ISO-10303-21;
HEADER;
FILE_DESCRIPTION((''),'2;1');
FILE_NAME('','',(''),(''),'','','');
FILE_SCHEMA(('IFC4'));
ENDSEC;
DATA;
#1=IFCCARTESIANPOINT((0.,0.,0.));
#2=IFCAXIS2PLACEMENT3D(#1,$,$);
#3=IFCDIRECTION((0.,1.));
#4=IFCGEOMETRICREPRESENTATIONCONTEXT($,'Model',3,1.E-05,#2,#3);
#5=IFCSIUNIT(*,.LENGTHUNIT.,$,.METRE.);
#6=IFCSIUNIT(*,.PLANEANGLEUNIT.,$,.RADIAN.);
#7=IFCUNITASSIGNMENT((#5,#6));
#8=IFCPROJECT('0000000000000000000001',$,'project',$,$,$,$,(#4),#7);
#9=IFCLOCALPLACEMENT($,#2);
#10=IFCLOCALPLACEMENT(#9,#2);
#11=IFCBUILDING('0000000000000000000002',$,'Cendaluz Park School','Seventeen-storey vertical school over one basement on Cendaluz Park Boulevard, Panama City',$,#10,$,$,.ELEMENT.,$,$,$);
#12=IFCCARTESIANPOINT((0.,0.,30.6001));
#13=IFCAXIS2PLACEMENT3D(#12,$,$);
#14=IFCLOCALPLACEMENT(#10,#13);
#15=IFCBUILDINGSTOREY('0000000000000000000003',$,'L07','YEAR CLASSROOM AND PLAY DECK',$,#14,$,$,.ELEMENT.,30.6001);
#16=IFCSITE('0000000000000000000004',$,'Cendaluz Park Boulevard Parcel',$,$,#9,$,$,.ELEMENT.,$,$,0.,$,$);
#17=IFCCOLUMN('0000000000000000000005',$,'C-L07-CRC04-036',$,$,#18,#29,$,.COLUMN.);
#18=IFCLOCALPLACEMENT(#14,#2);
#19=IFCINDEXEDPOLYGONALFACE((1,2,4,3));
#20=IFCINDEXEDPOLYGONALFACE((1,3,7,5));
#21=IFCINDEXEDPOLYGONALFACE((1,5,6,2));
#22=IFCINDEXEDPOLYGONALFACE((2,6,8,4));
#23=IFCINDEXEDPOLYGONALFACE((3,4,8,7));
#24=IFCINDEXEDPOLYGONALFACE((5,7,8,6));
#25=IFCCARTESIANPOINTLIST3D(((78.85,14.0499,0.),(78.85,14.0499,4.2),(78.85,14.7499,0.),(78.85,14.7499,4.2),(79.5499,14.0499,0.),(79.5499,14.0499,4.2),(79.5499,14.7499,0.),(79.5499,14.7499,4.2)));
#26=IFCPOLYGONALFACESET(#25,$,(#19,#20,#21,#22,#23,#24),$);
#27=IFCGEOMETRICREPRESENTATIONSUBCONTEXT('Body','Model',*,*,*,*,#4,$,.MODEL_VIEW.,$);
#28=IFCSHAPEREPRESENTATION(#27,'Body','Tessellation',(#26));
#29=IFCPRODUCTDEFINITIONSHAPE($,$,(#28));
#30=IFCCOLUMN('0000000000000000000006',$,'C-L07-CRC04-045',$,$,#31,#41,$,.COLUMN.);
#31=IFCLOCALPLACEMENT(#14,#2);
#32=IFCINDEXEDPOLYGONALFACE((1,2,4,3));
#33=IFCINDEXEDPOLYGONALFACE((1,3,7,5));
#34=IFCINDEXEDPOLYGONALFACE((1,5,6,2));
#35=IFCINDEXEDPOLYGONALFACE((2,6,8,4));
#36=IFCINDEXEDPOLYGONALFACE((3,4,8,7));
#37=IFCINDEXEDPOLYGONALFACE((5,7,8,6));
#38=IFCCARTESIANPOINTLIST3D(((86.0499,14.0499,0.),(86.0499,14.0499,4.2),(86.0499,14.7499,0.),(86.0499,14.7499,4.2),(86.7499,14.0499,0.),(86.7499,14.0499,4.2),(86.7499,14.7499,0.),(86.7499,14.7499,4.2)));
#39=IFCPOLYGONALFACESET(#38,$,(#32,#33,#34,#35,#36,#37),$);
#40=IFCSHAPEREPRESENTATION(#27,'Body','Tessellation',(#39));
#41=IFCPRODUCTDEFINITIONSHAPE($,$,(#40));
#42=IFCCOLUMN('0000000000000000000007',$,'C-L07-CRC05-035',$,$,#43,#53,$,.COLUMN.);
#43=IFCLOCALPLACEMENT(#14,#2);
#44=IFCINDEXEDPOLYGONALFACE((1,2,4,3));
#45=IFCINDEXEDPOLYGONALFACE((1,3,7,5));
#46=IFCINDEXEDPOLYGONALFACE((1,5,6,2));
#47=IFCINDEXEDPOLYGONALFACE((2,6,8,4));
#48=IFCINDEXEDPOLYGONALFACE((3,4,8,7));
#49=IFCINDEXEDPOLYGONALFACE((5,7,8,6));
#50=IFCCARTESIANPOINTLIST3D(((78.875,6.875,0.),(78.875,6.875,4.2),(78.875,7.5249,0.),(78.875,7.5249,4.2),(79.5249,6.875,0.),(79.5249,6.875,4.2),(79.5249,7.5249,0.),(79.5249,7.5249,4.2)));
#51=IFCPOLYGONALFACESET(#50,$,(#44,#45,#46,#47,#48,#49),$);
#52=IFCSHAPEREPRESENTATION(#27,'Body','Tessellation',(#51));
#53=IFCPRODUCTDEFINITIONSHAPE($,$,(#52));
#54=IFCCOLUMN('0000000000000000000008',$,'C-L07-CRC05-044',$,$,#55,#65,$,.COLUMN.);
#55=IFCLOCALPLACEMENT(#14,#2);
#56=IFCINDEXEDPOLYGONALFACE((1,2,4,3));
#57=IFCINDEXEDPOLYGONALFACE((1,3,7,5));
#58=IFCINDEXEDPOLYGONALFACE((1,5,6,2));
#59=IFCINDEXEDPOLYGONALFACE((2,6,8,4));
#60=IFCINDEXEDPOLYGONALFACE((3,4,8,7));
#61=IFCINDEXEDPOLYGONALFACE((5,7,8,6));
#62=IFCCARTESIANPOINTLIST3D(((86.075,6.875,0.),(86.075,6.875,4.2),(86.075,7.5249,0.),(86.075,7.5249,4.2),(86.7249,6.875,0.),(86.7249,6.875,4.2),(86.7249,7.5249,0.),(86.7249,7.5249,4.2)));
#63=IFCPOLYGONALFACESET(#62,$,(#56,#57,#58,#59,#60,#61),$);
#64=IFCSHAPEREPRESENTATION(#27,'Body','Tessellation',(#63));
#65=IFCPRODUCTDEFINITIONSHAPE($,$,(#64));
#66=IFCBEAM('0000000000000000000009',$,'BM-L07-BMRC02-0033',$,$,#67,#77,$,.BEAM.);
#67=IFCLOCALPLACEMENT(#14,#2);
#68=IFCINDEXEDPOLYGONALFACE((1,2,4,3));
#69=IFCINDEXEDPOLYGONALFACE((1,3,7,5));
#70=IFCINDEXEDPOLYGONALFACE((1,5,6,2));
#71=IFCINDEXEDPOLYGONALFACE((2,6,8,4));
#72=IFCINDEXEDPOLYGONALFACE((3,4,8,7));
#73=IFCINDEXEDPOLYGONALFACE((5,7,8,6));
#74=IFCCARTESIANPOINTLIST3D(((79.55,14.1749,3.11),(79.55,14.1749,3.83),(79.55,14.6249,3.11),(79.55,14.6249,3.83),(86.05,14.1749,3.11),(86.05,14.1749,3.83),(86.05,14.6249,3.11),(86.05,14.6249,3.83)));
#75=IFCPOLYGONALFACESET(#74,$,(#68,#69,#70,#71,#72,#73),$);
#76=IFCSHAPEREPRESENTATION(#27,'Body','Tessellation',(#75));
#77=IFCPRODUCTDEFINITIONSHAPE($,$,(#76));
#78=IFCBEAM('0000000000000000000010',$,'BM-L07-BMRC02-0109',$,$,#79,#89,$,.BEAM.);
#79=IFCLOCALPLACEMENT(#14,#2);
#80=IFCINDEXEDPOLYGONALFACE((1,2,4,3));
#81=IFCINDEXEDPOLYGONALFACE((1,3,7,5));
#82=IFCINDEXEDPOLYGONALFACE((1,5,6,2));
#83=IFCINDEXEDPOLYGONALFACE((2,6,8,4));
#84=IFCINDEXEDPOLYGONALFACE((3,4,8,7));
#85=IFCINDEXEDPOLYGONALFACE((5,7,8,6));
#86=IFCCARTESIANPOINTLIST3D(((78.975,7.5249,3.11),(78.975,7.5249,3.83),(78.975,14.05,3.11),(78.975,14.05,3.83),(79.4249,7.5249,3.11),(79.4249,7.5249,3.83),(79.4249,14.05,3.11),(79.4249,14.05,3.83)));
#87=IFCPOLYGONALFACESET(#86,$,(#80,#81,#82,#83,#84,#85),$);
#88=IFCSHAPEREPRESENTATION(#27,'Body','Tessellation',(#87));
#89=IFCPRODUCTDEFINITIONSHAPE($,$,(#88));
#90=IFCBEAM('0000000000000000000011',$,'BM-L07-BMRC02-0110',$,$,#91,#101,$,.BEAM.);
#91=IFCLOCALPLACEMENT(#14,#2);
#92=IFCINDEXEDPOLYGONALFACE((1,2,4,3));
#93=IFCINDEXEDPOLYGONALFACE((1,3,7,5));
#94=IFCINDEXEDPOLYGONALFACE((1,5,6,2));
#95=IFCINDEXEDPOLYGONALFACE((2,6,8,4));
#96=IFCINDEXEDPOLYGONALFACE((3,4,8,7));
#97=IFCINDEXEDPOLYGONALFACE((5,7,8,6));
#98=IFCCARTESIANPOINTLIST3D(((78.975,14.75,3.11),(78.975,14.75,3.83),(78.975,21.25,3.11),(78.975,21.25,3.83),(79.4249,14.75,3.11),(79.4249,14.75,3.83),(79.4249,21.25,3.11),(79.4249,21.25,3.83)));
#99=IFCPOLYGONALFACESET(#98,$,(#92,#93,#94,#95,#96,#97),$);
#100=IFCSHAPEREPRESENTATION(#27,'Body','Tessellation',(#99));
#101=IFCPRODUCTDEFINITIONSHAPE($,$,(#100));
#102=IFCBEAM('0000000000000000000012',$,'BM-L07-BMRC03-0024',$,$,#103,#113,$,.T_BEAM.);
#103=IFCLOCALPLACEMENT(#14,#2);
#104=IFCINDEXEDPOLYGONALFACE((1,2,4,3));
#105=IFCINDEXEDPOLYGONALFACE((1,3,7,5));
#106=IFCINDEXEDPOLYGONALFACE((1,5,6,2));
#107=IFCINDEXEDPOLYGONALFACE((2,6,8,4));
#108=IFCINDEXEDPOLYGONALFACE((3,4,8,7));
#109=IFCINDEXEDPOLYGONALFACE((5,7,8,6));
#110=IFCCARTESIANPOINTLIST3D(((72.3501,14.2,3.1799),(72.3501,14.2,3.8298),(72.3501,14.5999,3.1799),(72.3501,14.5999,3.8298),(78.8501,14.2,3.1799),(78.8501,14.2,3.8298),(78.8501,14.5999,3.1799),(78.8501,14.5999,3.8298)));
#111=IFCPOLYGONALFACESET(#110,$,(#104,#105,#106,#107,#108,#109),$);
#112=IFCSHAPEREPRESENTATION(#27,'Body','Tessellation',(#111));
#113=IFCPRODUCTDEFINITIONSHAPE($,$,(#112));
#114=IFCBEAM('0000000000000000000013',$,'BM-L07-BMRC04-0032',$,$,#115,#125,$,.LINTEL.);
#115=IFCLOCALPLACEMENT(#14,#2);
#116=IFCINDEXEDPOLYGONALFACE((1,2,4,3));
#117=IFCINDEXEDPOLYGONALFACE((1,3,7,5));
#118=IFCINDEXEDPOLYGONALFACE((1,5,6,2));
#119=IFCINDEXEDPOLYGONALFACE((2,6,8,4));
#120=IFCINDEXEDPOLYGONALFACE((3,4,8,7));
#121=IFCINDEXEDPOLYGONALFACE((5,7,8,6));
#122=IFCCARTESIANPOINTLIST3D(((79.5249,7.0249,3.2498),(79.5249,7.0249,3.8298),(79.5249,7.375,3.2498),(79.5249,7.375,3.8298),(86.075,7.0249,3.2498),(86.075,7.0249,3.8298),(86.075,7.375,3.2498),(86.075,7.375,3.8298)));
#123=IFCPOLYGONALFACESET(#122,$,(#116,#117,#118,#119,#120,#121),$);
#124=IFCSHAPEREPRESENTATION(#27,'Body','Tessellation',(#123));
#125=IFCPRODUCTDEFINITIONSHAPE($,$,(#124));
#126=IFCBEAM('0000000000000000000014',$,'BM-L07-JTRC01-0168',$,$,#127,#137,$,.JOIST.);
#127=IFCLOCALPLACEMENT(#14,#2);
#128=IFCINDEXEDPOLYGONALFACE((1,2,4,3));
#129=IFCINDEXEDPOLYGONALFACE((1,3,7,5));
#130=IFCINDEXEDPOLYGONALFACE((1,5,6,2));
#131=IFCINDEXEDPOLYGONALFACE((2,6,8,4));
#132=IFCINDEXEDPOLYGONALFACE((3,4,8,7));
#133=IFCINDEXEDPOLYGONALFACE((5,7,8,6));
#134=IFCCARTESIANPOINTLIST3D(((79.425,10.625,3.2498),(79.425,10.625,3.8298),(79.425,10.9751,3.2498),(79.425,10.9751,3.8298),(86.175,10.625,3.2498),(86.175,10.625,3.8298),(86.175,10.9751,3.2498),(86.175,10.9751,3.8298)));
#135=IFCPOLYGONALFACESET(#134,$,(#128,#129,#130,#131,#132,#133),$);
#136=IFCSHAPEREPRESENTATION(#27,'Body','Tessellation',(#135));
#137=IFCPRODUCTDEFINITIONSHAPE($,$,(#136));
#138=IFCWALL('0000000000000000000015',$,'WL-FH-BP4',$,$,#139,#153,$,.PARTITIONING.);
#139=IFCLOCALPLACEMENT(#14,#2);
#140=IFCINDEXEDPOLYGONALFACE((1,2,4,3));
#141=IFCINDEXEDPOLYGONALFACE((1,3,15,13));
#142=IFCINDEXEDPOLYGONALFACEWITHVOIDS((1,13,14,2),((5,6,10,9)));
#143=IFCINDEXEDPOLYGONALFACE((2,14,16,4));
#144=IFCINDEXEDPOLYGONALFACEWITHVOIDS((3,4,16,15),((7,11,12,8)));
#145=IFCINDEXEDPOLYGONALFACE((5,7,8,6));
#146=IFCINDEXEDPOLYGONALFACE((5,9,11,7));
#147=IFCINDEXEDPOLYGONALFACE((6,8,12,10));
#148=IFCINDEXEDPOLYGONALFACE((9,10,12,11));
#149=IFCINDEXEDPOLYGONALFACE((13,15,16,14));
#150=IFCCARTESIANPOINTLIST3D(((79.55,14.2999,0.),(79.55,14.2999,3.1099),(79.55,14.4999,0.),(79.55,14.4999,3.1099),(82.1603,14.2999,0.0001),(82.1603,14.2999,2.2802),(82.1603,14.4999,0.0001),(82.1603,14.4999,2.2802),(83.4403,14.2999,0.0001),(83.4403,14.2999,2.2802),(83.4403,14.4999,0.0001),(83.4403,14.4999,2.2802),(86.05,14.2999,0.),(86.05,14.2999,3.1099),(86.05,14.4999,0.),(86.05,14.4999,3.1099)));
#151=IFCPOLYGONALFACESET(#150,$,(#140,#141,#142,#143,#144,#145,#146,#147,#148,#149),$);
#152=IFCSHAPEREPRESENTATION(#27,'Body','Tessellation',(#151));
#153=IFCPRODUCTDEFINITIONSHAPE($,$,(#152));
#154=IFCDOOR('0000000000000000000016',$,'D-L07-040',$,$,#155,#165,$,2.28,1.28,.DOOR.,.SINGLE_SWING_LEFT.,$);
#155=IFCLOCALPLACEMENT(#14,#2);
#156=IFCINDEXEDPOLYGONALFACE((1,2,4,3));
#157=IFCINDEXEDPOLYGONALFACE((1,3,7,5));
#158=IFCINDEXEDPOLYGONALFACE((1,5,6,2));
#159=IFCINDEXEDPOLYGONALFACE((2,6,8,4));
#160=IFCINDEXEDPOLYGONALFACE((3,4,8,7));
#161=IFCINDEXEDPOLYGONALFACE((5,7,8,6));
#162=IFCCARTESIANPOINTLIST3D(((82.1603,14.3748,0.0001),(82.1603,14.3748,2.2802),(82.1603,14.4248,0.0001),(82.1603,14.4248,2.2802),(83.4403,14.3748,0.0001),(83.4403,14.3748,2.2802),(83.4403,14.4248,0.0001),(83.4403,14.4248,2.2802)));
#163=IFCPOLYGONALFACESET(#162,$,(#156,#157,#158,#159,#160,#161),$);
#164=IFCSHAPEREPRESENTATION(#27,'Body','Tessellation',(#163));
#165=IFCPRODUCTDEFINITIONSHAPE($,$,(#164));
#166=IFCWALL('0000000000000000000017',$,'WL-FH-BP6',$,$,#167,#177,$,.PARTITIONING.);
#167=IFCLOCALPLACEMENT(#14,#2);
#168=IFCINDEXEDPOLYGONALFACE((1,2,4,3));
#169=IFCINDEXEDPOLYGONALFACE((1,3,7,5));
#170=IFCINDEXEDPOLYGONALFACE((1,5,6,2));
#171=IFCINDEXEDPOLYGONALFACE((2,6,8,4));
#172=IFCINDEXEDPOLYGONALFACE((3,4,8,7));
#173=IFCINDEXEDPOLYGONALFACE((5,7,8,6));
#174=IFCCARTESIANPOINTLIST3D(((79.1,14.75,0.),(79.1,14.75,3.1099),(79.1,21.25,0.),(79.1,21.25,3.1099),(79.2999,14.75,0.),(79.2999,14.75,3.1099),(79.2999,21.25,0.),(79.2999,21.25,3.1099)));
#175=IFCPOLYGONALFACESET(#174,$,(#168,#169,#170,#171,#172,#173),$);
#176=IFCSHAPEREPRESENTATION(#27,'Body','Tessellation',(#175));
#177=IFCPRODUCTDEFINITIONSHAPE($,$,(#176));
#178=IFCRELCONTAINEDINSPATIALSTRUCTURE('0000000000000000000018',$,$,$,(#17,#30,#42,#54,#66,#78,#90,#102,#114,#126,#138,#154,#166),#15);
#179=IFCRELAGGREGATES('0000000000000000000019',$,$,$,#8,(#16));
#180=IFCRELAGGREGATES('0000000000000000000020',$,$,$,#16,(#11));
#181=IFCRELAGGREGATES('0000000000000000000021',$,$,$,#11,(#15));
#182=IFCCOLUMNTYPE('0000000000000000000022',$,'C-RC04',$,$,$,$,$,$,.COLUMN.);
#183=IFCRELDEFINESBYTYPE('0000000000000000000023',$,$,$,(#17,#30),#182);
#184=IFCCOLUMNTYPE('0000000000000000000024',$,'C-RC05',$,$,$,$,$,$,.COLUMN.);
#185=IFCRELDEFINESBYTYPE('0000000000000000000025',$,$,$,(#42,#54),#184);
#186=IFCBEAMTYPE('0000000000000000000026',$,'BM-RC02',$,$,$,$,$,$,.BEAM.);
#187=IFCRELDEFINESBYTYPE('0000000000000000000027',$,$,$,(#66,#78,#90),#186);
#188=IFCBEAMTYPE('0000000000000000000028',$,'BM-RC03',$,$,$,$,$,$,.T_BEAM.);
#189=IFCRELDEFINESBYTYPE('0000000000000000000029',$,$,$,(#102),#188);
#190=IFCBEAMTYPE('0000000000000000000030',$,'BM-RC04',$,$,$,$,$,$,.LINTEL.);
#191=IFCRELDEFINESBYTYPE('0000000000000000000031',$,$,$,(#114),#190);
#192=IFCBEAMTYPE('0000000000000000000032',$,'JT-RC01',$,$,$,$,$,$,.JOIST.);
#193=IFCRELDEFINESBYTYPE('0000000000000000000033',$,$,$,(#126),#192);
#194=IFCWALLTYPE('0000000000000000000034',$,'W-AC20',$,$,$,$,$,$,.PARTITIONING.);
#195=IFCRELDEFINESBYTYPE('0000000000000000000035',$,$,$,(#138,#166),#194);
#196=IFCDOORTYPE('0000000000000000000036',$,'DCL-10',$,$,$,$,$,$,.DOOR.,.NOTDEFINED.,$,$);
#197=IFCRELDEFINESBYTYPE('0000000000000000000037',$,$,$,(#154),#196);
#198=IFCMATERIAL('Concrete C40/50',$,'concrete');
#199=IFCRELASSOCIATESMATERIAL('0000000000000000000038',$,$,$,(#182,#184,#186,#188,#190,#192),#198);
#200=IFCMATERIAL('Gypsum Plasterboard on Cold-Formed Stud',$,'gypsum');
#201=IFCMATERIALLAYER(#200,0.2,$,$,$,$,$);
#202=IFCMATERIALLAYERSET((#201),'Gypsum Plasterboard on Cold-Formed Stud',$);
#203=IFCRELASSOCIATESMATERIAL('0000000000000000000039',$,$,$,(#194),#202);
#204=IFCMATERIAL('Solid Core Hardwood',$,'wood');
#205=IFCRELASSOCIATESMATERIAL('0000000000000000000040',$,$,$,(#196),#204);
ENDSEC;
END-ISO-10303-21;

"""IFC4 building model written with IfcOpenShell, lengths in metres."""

from ifc_helpers import new_model, si_unit, direction, frame, frame_2d, origin, origin_2d, place, context, subcontext, project, spatial, rectangle, extrude, material, layer, layer_set, material_profile, profile_set, type_object, element, fill, save


model = new_model("IFC4")

# Units and contexts
model_context = context("Model", 3, precision=1e-05, world=origin(), true_north=direction((0.0, 1.0)))
body_context = subcontext(model_context, "Body", "Model", "MODEL_VIEW")
ifc_project = project(units=[si_unit("LENGTHUNIT", "METRE"), si_unit("PLANEANGLEUNIT", "RADIAN")], contexts=[model_context])

# Site, building, storey
site_placement = place(None, origin())
site = spatial("IfcSite", under=ifc_project, at=site_placement, Name="Cendaluz Park Boulevard Parcel", CompositionType="ELEMENT", RefElevation=0.0)
building_placement = place(site_placement, origin())
building = spatial("IfcBuilding", under=site, at=building_placement, Name="Cendaluz Park School", Description="Seventeen-storey vertical school over one basement on Cendaluz Park Boulevard, Panama City", CompositionType="ELEMENT")
storey_placement = place(building_placement, frame((0.0, 0.0, 30.6001)))
storey = spatial("IfcBuildingStorey", under=building, at=storey_placement, Name="L07", Description="YEAR CLASSROOM AND PLAY DECK", CompositionType="ELEMENT", Elevation=30.6001)

# Columns
ifc_material_1 = material(Name="Concrete C40/50", Category="concrete")
ifc_material_profile_1 = material_profile(ifc_material_1, rectangle(XDim=0.7, YDim=0.7, at=origin_2d()), Name="RC 700x700", Category="concrete")
ifc_profile_set_1 = profile_set([ifc_material_profile_1], Name="Concrete C40/50")
column_type_1 = type_object("IfcColumnType", Name="C-RC04", PredefinedType="COLUMN", material=ifc_profile_set_1)
for number, where, z_axis, x_axis, name in (
    (1, (79.2, 14.3999, 0.0), (0.0, 0.0, 1.0), (1.0, 0.0, 0.0), "C-L07-CRC04-036"),
    (2, (86.3999, 14.3999, 0.0), (0.0, 0.0, 1.0), (1.0, 0.0, 0.0), "C-L07-CRC04-045"),
):
    element("IfcColumn", number, at=place(storey_placement, frame(where, z_axis=z_axis, x_axis=x_axis)), inside=storey, type_object=column_type_1, Name=name, PredefinedType="COLUMN", context=body_context, shape_type="SweptSolid", body=[
        extrude(rectangle(XDim=0.7, YDim=0.7, at=origin_2d()), origin(), (0.0, 0.0, 1.0), 4.2),
    ])
ifc_material_profile_2 = material_profile(ifc_material_1, rectangle(XDim=0.6499, YDim=0.6499, at=origin_2d()), Name="RC 650x650", Category="concrete")
ifc_profile_set_2 = profile_set([ifc_material_profile_2], Name="Concrete C40/50")
column_type_2 = type_object("IfcColumnType", Name="C-RC05", PredefinedType="COLUMN", material=ifc_profile_set_2)
for number, where, z_axis, x_axis, name in (
    (3, (79.2, 7.2, 0.0), (0.0, 0.0, 1.0), (1.0, 0.0, 0.0), "C-L07-CRC05-035"),
    (4, (86.3999, 7.2, 0.0), (0.0, 0.0, 1.0), (1.0, 0.0, 0.0), "C-L07-CRC05-044"),
):
    element("IfcColumn", number, at=place(storey_placement, frame(where, z_axis=z_axis, x_axis=x_axis)), inside=storey, type_object=column_type_2, Name=name, PredefinedType="COLUMN", context=body_context, shape_type="SweptSolid", body=[
        extrude(rectangle(XDim=0.6499, YDim=0.6499, at=origin_2d()), origin(), (0.0, 0.0, 1.0), 4.2),
    ])

# Beams
ifc_material_profile_3 = material_profile(ifc_material_1, rectangle(XDim=0.45, YDim=0.72, at=origin_2d()), Name="RC 450x720", Category="concrete")
ifc_profile_set_3 = profile_set([ifc_material_profile_3], Name="Concrete C40/50")
beam_type_1 = type_object("IfcBeamType", Name="BM-RC02", PredefinedType="BEAM", material=ifc_profile_set_3)
beam_1_placement = place(storey_placement, frame((79.55, 14.3999, 3.47), z_axis=(1.0, 0.0, 0.0), x_axis=(0.0, 1.0, 0.0)))
element("IfcBeam", 5, at=beam_1_placement, inside=storey, type_object=beam_type_1, Name="BM-L07-BMRC02-0033", PredefinedType="BEAM", context=body_context, shape_type="SweptSolid", body=[
    extrude(rectangle(XDim=0.45, YDim=0.72, at=origin_2d()), origin(), (0.0, 0.0, 1.0), 6.5),
])
beam_2_placement = place(storey_placement, frame((79.2, 7.5249, 3.47), z_axis=(0.0, 1.0, 0.0), x_axis=(-1.0, 0.0, 0.0)))
element("IfcBeam", 6, at=beam_2_placement, inside=storey, type_object=beam_type_1, Name="BM-L07-BMRC02-0109", PredefinedType="BEAM", context=body_context, shape_type="SweptSolid", body=[
    extrude(rectangle(XDim=0.45, YDim=0.72, at=origin_2d()), origin(), (0.0, 0.0, 1.0), 6.5251),
])
beam_3_placement = place(storey_placement, frame((79.2, 14.75, 3.47), z_axis=(0.0, 1.0, 0.0), x_axis=(-1.0, 0.0, 0.0)))
element("IfcBeam", 7, at=beam_3_placement, inside=storey, type_object=beam_type_1, Name="BM-L07-BMRC02-0110", PredefinedType="BEAM", context=body_context, shape_type="SweptSolid", body=[
    extrude(rectangle(XDim=0.45, YDim=0.72, at=origin_2d()), origin(), (0.0, 0.0, 1.0), 6.5),
])
ifc_material_profile_4 = material_profile(ifc_material_1, rectangle(XDim=0.3999, YDim=0.6499, at=origin_2d()), Name="RC 400x650", Category="concrete")
ifc_profile_set_4 = profile_set([ifc_material_profile_4], Name="Concrete C40/50")
beam_type_2 = type_object("IfcBeamType", Name="BM-RC03", PredefinedType="T_BEAM", material=ifc_profile_set_4)
beam_4_placement = place(storey_placement, frame((72.3501, 14.3999, 3.5049), z_axis=(1.0, 0.0, 0.0), x_axis=(0.0, 1.0, 0.0)))
element("IfcBeam", 8, at=beam_4_placement, inside=storey, type_object=beam_type_2, Name="BM-L07-BMRC03-0024", PredefinedType="T_BEAM", context=body_context, shape_type="SweptSolid", body=[
    extrude(rectangle(XDim=0.3999, YDim=0.6499, at=origin_2d()), origin(), (0.0, 0.0, 1.0), 6.5),
])
ifc_material_profile_5 = material_profile(ifc_material_1, rectangle(XDim=0.3501, YDim=0.5801, at=origin_2d()), Name="RC 350x580", Category="concrete")
ifc_profile_set_5 = profile_set([ifc_material_profile_5], Name="Concrete C40/50")
beam_type_3 = type_object("IfcBeamType", Name="BM-RC04", PredefinedType="LINTEL", material=ifc_profile_set_5)
beam_5_placement = place(storey_placement, frame((79.5249, 7.2, 3.5398), z_axis=(1.0, 0.0, 0.0), x_axis=(0.0, 1.0, 0.0)))
element("IfcBeam", 9, at=beam_5_placement, inside=storey, type_object=beam_type_3, Name="BM-L07-BMRC04-0032", PredefinedType="LINTEL", context=body_context, shape_type="SweptSolid", body=[
    extrude(rectangle(XDim=0.3501, YDim=0.5801, at=origin_2d()), origin(), (0.0, 0.0, 1.0), 6.55),
])
ifc_material_profile_6 = material_profile(ifc_material_1, rectangle(XDim=0.3501, YDim=0.5801, at=origin_2d()), Name="RC 350x580", Category="concrete")
ifc_profile_set_6 = profile_set([ifc_material_profile_6], Name="Concrete C40/50")
beam_type_4 = type_object("IfcBeamType", Name="JT-RC01", PredefinedType="JOIST", material=ifc_profile_set_6)
beam_6_placement = place(storey_placement, frame((79.425, 10.8, 3.5398), z_axis=(1.0, 0.0, 0.0), x_axis=(0.0, 1.0, 0.0)))
element("IfcBeam", 10, at=beam_6_placement, inside=storey, type_object=beam_type_4, Name="BM-L07-JTRC01-0168", PredefinedType="JOIST", context=body_context, shape_type="SweptSolid", body=[
    extrude(rectangle(XDim=0.3501, YDim=0.5801, at=origin_2d()), origin(), (0.0, 0.0, 1.0), 6.75),
])

# Wall, opening, door
ifc_material_2 = material(Name="Gypsum Plasterboard on Cold-Formed Stud", Category="gypsum")
ifc_layer_1 = layer(ifc_material_2, 0.2)
ifc_layer_set_1 = layer_set([ifc_layer_1], Name="Gypsum Plasterboard on Cold-Formed Stud")
wall_type_1 = type_object("IfcWallType", Name="W-AC20", PredefinedType="PARTITIONING", material=ifc_layer_set_1)
wall_1_placement = place(storey_placement, frame((79.55, 14.3999, 0.0), z_axis=(0.0, 0.0, 1.0), x_axis=(1.0, 0.0, 0.0)))
wall_1 = element("IfcWall", 11, at=wall_1_placement, inside=storey, type_object=wall_type_1, Name="WL-FH-BP4", PredefinedType="PARTITIONING", context=body_context, shape_type="SweptSolid", body=[
    extrude(rectangle(XDim=6.5, YDim=0.2, at=frame_2d((3.25, 0.0))), origin(), (0.0, 0.0, 1.0), 3.1099),
])
opening_1_placement = place(wall_1_placement, frame((2.6101, 0.0, 0.0)))
opening_1 = element("IfcOpeningElement", 12, at=opening_1_placement, cuts=wall_1, PredefinedType="OPENING", context=body_context, shape_type="SweptSolid", body=[
    extrude(rectangle(XDim=1.28, YDim=2.28, at=frame_2d((0.6401, 1.1401))), frame((0.0, 0.1121, 0.0), z_axis=(0.0, -1.0, 0.0), x_axis=(1.0, 0.0, 0.0)), (0.0, 0.0, 1.0), 0.2239),
])
ifc_material_3 = material(Name="Solid Core Hardwood", Category="wood")
door_type = type_object("IfcDoorType", Name="DCL-10", OperationType="NOTDEFINED", PredefinedType="DOOR", material=ifc_material_3)
door_placement = place(opening_1_placement, origin())
door = element("IfcDoor", 13, at=door_placement, inside=storey, type_object=door_type, Name="D-L07-040", OperationType="SINGLE_SWING_LEFT", OverallHeight=2.28, OverallWidth=1.28, PredefinedType="DOOR", context=body_context, shape_type="SweptSolid", body=[
    extrude(rectangle(XDim=1.28, YDim=2.28, at=frame_2d((0.6401, 1.1401))), frame((0.0, 0.0249, 0.0), z_axis=(0.0, -1.0, 0.0), x_axis=(1.0, 0.0, 0.0)), (0.0, 0.0, 1.0), 0.05),
])
fill(opening_1, door)

# Wall
wall_2_placement = place(storey_placement, frame((79.2, 14.75, 0.0), z_axis=(0.0, 0.0, 1.0), x_axis=(0.0, 1.0, 0.0)))
element("IfcWall", 14, at=wall_2_placement, inside=storey, type_object=wall_type_1, Name="WL-FH-BP6", PredefinedType="PARTITIONING", context=body_context, shape_type="SweptSolid", body=[
    extrude(rectangle(XDim=6.5, YDim=0.2, at=frame_2d((3.25, 0.0))), origin(), (0.0, 0.0, 1.0), 3.1099),
])

save(model, "model.ifc")
